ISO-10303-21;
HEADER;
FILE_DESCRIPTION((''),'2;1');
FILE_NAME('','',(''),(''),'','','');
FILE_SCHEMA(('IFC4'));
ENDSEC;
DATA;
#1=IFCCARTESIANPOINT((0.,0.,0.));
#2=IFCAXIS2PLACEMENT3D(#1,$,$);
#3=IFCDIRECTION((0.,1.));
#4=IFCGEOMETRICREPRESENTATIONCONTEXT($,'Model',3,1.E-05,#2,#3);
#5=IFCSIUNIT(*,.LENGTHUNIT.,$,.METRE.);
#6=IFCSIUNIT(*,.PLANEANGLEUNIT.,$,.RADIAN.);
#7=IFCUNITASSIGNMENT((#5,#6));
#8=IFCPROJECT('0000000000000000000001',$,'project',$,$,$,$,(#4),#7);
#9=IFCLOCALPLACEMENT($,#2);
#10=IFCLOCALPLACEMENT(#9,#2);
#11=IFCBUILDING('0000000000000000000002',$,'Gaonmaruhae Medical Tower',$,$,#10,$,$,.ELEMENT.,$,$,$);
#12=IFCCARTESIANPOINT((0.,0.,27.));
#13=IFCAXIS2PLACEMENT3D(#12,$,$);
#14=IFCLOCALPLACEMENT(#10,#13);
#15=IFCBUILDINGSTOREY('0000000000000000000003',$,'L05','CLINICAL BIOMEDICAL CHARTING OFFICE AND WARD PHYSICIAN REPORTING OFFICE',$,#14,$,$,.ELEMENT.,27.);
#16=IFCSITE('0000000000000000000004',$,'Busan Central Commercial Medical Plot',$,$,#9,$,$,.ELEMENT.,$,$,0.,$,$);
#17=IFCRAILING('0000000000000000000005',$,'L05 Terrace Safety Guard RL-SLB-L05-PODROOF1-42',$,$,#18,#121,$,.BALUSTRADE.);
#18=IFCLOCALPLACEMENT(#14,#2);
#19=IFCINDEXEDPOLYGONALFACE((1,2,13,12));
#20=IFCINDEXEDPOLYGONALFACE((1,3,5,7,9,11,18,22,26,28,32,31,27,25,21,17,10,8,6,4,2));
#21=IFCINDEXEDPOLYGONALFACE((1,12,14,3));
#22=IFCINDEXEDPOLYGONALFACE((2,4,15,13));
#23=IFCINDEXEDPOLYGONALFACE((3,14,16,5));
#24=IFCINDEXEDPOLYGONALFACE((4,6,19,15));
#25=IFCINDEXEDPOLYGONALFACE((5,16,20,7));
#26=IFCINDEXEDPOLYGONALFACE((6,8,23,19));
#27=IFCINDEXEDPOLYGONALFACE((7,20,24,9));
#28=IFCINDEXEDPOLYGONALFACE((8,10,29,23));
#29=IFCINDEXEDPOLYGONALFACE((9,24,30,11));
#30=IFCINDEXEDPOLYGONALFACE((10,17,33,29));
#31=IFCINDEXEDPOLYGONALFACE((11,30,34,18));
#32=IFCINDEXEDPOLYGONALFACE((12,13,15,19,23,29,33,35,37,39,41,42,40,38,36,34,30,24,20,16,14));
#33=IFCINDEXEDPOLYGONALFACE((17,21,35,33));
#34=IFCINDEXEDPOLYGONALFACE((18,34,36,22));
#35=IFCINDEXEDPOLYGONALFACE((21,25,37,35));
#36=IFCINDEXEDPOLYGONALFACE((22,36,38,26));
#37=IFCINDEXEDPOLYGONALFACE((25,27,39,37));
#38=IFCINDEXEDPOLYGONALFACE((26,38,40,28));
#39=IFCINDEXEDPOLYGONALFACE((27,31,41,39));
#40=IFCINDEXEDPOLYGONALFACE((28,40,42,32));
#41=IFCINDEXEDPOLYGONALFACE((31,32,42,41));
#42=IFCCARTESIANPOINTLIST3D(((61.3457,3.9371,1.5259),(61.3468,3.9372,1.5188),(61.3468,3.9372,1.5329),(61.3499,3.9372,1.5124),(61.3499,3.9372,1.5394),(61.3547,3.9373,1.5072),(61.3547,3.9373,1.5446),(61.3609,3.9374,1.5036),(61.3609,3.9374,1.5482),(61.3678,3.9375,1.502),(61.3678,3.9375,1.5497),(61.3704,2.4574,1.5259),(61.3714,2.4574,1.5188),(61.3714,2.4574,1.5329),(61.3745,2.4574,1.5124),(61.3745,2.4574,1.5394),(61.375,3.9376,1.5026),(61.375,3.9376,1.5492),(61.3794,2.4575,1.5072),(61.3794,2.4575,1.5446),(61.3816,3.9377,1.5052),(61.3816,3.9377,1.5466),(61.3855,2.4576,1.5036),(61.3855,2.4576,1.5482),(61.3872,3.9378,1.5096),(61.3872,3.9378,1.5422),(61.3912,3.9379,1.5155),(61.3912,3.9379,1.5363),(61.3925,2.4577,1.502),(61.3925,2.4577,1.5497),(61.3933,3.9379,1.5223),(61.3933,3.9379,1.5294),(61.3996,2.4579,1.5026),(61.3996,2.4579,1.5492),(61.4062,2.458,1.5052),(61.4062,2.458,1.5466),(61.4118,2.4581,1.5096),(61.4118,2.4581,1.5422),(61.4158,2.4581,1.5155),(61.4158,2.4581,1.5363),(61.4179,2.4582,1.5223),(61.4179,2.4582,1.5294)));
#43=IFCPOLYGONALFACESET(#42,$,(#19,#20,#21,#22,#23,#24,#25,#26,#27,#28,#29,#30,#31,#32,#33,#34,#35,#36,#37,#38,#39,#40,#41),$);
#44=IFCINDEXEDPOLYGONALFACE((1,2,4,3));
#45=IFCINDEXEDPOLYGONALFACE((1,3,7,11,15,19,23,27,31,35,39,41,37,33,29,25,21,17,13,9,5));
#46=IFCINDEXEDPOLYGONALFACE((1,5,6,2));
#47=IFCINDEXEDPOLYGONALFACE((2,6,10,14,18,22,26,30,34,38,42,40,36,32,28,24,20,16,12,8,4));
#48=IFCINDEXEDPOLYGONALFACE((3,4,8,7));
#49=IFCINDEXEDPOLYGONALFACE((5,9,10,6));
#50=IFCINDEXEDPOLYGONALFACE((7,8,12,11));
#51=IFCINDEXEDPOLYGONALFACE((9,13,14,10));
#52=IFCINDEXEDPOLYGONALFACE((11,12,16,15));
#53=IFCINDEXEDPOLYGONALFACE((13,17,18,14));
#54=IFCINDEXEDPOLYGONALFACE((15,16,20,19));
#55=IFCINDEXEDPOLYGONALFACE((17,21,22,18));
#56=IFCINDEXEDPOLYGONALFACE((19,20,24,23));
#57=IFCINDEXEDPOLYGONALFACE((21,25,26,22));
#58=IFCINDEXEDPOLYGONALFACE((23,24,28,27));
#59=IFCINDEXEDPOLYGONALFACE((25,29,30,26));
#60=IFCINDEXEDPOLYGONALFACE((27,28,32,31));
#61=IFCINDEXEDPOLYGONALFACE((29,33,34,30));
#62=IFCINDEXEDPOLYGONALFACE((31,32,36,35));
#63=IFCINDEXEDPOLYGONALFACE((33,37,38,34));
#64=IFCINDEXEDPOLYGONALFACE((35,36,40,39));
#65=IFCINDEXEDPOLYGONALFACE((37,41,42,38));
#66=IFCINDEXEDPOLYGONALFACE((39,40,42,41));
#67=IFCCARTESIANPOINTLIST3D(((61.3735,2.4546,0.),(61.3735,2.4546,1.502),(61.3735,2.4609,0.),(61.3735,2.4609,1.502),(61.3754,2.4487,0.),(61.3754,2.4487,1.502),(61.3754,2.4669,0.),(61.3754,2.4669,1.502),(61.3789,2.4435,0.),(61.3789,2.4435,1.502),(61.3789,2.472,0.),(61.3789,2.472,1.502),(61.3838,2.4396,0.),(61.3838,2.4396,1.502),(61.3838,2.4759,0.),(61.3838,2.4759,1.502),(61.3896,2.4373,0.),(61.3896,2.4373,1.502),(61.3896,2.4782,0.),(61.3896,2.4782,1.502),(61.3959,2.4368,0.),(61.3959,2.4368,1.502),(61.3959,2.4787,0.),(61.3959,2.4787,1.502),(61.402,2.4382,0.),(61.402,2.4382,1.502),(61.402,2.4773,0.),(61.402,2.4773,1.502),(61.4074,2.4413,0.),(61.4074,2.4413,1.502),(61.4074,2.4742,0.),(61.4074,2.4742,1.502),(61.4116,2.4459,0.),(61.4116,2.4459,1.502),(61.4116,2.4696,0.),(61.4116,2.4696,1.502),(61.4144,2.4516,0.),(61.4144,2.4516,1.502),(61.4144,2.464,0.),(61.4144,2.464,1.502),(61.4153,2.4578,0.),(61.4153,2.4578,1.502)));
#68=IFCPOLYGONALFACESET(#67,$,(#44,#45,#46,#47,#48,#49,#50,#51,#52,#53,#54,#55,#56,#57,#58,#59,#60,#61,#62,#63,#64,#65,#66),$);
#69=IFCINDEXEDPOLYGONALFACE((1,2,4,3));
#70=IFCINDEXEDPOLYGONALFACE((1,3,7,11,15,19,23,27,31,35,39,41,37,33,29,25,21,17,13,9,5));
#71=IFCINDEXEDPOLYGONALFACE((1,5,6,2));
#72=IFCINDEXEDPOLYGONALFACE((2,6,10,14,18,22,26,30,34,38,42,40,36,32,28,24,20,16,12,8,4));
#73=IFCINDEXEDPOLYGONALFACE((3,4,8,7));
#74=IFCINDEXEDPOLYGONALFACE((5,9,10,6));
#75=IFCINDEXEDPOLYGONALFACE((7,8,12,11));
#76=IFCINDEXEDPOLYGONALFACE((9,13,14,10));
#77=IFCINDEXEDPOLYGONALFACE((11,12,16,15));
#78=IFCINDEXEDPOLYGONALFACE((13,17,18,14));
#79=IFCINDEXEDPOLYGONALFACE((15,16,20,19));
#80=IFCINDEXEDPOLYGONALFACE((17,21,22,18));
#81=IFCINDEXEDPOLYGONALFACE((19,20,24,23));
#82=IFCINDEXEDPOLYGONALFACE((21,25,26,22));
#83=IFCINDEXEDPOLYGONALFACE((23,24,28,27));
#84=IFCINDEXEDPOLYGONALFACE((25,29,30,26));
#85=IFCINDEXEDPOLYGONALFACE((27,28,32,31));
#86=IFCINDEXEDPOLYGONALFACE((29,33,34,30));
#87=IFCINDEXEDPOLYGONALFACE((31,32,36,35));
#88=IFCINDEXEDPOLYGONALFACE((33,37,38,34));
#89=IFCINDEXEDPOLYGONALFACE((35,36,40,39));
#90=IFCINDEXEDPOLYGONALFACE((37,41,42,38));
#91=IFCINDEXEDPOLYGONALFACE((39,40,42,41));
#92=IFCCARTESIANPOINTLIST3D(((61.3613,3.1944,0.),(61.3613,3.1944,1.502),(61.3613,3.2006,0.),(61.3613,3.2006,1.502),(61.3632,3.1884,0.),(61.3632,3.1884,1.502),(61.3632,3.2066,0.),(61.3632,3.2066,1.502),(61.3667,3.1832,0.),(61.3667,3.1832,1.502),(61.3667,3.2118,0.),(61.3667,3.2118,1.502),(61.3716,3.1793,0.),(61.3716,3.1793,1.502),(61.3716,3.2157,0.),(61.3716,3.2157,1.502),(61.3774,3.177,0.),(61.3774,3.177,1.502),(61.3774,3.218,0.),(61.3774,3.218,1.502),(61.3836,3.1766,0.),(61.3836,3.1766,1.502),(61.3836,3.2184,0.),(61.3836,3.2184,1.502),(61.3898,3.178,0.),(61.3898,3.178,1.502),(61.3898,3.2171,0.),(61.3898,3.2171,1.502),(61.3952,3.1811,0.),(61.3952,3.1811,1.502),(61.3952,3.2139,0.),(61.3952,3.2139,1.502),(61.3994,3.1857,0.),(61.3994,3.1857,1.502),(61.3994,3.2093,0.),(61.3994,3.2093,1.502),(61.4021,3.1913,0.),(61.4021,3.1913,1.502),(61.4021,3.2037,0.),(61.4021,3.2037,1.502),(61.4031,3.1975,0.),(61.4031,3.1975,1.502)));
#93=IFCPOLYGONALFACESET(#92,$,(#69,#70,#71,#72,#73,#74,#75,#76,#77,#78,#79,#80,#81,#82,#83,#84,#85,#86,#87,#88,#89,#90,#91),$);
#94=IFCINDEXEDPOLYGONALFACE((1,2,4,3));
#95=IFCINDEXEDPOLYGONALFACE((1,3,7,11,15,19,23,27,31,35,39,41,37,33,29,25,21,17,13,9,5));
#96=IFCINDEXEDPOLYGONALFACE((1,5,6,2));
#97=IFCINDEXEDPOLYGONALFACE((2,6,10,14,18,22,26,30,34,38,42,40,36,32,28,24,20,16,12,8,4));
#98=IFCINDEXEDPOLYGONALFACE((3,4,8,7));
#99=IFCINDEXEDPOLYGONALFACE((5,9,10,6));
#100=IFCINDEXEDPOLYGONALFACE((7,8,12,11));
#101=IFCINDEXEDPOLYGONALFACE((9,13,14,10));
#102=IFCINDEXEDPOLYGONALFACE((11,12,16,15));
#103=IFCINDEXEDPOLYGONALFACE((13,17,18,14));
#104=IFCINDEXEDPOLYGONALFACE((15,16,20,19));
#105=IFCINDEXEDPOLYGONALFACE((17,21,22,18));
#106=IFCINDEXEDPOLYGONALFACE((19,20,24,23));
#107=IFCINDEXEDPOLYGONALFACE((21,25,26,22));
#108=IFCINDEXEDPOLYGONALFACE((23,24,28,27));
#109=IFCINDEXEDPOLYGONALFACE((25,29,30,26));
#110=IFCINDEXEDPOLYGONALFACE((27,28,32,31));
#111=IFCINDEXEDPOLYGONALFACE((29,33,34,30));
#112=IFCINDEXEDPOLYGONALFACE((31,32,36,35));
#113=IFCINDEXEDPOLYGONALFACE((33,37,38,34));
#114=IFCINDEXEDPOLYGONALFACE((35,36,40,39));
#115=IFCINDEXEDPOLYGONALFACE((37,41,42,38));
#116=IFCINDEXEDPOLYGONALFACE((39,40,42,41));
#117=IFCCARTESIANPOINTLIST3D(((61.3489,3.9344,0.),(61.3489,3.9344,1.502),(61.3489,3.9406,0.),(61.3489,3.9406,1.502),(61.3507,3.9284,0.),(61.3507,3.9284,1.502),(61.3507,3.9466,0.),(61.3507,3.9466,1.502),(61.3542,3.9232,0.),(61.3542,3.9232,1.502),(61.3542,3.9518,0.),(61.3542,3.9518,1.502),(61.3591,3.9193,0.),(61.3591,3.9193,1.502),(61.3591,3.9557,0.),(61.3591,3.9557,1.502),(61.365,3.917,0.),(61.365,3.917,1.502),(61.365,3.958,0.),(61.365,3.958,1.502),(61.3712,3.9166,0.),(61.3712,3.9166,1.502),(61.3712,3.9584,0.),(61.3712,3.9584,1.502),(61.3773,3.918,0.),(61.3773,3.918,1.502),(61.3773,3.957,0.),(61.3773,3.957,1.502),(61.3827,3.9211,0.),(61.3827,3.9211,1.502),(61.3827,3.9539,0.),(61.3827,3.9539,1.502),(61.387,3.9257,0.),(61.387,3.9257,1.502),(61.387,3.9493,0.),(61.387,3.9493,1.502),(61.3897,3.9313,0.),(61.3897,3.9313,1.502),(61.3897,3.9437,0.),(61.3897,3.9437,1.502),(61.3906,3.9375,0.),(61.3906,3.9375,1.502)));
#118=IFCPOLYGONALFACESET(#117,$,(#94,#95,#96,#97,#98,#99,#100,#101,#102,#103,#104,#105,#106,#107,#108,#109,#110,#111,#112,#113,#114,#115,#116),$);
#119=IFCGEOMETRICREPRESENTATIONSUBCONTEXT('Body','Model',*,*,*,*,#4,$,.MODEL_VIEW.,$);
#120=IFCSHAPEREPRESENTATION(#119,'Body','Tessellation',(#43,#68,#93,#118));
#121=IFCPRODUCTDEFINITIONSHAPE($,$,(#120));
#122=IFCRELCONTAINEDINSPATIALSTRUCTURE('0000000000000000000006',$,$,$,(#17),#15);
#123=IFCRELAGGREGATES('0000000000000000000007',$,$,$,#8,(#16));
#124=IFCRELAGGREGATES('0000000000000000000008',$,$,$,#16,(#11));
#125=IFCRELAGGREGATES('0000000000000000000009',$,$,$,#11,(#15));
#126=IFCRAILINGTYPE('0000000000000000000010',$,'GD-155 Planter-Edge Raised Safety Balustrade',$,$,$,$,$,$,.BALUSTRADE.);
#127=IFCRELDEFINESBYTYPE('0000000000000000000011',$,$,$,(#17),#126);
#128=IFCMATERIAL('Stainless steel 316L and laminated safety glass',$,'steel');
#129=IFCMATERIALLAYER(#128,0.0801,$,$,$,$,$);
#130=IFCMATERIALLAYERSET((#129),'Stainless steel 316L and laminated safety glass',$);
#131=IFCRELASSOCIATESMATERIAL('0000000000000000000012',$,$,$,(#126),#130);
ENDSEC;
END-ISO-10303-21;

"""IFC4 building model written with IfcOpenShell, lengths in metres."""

from ifc_helpers import new_model, si_unit, direction, frame, origin, origin_2d, place, context, subcontext, project, spatial, circle, extrude, material, layer, layer_set, type_object, element, save


model = new_model("IFC4")

# Units and contexts
model_context = context("Model", 3, precision=1e-05, world=origin(), true_north=direction((0.0, 1.0)))
body_context = subcontext(model_context, "Body", "Model", "MODEL_VIEW")
ifc_project = project(units=[si_unit("LENGTHUNIT", "METRE"), si_unit("PLANEANGLEUNIT", "RADIAN")], contexts=[model_context])

# Site, building, storey
site_placement = place(None, origin())
site = spatial("IfcSite", under=ifc_project, at=site_placement, Name="Busan Central Commercial Medical Plot", CompositionType="ELEMENT", RefElevation=0.0)
building_placement = place(site_placement, origin())
building = spatial("IfcBuilding", under=site, at=building_placement, Name="Gaonmaruhae Medical Tower", CompositionType="ELEMENT")
storey_placement = place(building_placement, frame((0.0, 0.0, 27.0)))
storey = spatial("IfcBuildingStorey", under=building, at=storey_placement, Name="L05", Description="CLINICAL BIOMEDICAL CHARTING OFFICE AND WARD PHYSICIAN REPORTING OFFICE", CompositionType="ELEMENT", Elevation=27.0)

# Railing
ifc_material_1 = material(Name="Stainless steel 316L and laminated safety glass", Category="steel")
ifc_layer_1 = layer(ifc_material_1, 0.0801)
ifc_layer_set_1 = layer_set([ifc_layer_1], Name="Stainless steel 316L and laminated safety glass")
railing_type = type_object("IfcRailingType", Name="GD-155 Planter-Edge Raised Safety Balustrade", PredefinedType="BALUSTRADE", material=ifc_layer_set_1)
railing_1_placement = place(storey_placement, frame((61.3943, 2.4578, 0.0)))
element("IfcRailing", 1, at=railing_1_placement, inside=storey, type_object=railing_type, Name="L05 Terrace Safety Guard RL-SLB-L05-PODROOF1-42", PredefinedType="BALUSTRADE", context=body_context, shape_type="SweptSolid", body=[
    extrude(circle(Radius=0.0239, at=origin_2d()), frame((0.0, 0.0, 1.5259), z_axis=(-0.016662, 0.999861, 0.0), x_axis=(-0.999861, -0.016662, 0.0)), (0.0, 0.0, 1.0), 1.48),
    extrude(circle(Radius=0.021, at=origin_2d()), origin(), (0.0, 0.0, 1.0), 1.502),
    extrude(circle(Radius=0.021, at=origin_2d()), frame((-0.0122, 0.7397, 0.0)), (0.0, 0.0, 1.0), 1.502),
    extrude(circle(Radius=0.021, at=origin_2d()), frame((-0.0247, 1.4797, 0.0)), (0.0, 0.0, 1.0), 1.502),
])

save(model, "model.ifc")
